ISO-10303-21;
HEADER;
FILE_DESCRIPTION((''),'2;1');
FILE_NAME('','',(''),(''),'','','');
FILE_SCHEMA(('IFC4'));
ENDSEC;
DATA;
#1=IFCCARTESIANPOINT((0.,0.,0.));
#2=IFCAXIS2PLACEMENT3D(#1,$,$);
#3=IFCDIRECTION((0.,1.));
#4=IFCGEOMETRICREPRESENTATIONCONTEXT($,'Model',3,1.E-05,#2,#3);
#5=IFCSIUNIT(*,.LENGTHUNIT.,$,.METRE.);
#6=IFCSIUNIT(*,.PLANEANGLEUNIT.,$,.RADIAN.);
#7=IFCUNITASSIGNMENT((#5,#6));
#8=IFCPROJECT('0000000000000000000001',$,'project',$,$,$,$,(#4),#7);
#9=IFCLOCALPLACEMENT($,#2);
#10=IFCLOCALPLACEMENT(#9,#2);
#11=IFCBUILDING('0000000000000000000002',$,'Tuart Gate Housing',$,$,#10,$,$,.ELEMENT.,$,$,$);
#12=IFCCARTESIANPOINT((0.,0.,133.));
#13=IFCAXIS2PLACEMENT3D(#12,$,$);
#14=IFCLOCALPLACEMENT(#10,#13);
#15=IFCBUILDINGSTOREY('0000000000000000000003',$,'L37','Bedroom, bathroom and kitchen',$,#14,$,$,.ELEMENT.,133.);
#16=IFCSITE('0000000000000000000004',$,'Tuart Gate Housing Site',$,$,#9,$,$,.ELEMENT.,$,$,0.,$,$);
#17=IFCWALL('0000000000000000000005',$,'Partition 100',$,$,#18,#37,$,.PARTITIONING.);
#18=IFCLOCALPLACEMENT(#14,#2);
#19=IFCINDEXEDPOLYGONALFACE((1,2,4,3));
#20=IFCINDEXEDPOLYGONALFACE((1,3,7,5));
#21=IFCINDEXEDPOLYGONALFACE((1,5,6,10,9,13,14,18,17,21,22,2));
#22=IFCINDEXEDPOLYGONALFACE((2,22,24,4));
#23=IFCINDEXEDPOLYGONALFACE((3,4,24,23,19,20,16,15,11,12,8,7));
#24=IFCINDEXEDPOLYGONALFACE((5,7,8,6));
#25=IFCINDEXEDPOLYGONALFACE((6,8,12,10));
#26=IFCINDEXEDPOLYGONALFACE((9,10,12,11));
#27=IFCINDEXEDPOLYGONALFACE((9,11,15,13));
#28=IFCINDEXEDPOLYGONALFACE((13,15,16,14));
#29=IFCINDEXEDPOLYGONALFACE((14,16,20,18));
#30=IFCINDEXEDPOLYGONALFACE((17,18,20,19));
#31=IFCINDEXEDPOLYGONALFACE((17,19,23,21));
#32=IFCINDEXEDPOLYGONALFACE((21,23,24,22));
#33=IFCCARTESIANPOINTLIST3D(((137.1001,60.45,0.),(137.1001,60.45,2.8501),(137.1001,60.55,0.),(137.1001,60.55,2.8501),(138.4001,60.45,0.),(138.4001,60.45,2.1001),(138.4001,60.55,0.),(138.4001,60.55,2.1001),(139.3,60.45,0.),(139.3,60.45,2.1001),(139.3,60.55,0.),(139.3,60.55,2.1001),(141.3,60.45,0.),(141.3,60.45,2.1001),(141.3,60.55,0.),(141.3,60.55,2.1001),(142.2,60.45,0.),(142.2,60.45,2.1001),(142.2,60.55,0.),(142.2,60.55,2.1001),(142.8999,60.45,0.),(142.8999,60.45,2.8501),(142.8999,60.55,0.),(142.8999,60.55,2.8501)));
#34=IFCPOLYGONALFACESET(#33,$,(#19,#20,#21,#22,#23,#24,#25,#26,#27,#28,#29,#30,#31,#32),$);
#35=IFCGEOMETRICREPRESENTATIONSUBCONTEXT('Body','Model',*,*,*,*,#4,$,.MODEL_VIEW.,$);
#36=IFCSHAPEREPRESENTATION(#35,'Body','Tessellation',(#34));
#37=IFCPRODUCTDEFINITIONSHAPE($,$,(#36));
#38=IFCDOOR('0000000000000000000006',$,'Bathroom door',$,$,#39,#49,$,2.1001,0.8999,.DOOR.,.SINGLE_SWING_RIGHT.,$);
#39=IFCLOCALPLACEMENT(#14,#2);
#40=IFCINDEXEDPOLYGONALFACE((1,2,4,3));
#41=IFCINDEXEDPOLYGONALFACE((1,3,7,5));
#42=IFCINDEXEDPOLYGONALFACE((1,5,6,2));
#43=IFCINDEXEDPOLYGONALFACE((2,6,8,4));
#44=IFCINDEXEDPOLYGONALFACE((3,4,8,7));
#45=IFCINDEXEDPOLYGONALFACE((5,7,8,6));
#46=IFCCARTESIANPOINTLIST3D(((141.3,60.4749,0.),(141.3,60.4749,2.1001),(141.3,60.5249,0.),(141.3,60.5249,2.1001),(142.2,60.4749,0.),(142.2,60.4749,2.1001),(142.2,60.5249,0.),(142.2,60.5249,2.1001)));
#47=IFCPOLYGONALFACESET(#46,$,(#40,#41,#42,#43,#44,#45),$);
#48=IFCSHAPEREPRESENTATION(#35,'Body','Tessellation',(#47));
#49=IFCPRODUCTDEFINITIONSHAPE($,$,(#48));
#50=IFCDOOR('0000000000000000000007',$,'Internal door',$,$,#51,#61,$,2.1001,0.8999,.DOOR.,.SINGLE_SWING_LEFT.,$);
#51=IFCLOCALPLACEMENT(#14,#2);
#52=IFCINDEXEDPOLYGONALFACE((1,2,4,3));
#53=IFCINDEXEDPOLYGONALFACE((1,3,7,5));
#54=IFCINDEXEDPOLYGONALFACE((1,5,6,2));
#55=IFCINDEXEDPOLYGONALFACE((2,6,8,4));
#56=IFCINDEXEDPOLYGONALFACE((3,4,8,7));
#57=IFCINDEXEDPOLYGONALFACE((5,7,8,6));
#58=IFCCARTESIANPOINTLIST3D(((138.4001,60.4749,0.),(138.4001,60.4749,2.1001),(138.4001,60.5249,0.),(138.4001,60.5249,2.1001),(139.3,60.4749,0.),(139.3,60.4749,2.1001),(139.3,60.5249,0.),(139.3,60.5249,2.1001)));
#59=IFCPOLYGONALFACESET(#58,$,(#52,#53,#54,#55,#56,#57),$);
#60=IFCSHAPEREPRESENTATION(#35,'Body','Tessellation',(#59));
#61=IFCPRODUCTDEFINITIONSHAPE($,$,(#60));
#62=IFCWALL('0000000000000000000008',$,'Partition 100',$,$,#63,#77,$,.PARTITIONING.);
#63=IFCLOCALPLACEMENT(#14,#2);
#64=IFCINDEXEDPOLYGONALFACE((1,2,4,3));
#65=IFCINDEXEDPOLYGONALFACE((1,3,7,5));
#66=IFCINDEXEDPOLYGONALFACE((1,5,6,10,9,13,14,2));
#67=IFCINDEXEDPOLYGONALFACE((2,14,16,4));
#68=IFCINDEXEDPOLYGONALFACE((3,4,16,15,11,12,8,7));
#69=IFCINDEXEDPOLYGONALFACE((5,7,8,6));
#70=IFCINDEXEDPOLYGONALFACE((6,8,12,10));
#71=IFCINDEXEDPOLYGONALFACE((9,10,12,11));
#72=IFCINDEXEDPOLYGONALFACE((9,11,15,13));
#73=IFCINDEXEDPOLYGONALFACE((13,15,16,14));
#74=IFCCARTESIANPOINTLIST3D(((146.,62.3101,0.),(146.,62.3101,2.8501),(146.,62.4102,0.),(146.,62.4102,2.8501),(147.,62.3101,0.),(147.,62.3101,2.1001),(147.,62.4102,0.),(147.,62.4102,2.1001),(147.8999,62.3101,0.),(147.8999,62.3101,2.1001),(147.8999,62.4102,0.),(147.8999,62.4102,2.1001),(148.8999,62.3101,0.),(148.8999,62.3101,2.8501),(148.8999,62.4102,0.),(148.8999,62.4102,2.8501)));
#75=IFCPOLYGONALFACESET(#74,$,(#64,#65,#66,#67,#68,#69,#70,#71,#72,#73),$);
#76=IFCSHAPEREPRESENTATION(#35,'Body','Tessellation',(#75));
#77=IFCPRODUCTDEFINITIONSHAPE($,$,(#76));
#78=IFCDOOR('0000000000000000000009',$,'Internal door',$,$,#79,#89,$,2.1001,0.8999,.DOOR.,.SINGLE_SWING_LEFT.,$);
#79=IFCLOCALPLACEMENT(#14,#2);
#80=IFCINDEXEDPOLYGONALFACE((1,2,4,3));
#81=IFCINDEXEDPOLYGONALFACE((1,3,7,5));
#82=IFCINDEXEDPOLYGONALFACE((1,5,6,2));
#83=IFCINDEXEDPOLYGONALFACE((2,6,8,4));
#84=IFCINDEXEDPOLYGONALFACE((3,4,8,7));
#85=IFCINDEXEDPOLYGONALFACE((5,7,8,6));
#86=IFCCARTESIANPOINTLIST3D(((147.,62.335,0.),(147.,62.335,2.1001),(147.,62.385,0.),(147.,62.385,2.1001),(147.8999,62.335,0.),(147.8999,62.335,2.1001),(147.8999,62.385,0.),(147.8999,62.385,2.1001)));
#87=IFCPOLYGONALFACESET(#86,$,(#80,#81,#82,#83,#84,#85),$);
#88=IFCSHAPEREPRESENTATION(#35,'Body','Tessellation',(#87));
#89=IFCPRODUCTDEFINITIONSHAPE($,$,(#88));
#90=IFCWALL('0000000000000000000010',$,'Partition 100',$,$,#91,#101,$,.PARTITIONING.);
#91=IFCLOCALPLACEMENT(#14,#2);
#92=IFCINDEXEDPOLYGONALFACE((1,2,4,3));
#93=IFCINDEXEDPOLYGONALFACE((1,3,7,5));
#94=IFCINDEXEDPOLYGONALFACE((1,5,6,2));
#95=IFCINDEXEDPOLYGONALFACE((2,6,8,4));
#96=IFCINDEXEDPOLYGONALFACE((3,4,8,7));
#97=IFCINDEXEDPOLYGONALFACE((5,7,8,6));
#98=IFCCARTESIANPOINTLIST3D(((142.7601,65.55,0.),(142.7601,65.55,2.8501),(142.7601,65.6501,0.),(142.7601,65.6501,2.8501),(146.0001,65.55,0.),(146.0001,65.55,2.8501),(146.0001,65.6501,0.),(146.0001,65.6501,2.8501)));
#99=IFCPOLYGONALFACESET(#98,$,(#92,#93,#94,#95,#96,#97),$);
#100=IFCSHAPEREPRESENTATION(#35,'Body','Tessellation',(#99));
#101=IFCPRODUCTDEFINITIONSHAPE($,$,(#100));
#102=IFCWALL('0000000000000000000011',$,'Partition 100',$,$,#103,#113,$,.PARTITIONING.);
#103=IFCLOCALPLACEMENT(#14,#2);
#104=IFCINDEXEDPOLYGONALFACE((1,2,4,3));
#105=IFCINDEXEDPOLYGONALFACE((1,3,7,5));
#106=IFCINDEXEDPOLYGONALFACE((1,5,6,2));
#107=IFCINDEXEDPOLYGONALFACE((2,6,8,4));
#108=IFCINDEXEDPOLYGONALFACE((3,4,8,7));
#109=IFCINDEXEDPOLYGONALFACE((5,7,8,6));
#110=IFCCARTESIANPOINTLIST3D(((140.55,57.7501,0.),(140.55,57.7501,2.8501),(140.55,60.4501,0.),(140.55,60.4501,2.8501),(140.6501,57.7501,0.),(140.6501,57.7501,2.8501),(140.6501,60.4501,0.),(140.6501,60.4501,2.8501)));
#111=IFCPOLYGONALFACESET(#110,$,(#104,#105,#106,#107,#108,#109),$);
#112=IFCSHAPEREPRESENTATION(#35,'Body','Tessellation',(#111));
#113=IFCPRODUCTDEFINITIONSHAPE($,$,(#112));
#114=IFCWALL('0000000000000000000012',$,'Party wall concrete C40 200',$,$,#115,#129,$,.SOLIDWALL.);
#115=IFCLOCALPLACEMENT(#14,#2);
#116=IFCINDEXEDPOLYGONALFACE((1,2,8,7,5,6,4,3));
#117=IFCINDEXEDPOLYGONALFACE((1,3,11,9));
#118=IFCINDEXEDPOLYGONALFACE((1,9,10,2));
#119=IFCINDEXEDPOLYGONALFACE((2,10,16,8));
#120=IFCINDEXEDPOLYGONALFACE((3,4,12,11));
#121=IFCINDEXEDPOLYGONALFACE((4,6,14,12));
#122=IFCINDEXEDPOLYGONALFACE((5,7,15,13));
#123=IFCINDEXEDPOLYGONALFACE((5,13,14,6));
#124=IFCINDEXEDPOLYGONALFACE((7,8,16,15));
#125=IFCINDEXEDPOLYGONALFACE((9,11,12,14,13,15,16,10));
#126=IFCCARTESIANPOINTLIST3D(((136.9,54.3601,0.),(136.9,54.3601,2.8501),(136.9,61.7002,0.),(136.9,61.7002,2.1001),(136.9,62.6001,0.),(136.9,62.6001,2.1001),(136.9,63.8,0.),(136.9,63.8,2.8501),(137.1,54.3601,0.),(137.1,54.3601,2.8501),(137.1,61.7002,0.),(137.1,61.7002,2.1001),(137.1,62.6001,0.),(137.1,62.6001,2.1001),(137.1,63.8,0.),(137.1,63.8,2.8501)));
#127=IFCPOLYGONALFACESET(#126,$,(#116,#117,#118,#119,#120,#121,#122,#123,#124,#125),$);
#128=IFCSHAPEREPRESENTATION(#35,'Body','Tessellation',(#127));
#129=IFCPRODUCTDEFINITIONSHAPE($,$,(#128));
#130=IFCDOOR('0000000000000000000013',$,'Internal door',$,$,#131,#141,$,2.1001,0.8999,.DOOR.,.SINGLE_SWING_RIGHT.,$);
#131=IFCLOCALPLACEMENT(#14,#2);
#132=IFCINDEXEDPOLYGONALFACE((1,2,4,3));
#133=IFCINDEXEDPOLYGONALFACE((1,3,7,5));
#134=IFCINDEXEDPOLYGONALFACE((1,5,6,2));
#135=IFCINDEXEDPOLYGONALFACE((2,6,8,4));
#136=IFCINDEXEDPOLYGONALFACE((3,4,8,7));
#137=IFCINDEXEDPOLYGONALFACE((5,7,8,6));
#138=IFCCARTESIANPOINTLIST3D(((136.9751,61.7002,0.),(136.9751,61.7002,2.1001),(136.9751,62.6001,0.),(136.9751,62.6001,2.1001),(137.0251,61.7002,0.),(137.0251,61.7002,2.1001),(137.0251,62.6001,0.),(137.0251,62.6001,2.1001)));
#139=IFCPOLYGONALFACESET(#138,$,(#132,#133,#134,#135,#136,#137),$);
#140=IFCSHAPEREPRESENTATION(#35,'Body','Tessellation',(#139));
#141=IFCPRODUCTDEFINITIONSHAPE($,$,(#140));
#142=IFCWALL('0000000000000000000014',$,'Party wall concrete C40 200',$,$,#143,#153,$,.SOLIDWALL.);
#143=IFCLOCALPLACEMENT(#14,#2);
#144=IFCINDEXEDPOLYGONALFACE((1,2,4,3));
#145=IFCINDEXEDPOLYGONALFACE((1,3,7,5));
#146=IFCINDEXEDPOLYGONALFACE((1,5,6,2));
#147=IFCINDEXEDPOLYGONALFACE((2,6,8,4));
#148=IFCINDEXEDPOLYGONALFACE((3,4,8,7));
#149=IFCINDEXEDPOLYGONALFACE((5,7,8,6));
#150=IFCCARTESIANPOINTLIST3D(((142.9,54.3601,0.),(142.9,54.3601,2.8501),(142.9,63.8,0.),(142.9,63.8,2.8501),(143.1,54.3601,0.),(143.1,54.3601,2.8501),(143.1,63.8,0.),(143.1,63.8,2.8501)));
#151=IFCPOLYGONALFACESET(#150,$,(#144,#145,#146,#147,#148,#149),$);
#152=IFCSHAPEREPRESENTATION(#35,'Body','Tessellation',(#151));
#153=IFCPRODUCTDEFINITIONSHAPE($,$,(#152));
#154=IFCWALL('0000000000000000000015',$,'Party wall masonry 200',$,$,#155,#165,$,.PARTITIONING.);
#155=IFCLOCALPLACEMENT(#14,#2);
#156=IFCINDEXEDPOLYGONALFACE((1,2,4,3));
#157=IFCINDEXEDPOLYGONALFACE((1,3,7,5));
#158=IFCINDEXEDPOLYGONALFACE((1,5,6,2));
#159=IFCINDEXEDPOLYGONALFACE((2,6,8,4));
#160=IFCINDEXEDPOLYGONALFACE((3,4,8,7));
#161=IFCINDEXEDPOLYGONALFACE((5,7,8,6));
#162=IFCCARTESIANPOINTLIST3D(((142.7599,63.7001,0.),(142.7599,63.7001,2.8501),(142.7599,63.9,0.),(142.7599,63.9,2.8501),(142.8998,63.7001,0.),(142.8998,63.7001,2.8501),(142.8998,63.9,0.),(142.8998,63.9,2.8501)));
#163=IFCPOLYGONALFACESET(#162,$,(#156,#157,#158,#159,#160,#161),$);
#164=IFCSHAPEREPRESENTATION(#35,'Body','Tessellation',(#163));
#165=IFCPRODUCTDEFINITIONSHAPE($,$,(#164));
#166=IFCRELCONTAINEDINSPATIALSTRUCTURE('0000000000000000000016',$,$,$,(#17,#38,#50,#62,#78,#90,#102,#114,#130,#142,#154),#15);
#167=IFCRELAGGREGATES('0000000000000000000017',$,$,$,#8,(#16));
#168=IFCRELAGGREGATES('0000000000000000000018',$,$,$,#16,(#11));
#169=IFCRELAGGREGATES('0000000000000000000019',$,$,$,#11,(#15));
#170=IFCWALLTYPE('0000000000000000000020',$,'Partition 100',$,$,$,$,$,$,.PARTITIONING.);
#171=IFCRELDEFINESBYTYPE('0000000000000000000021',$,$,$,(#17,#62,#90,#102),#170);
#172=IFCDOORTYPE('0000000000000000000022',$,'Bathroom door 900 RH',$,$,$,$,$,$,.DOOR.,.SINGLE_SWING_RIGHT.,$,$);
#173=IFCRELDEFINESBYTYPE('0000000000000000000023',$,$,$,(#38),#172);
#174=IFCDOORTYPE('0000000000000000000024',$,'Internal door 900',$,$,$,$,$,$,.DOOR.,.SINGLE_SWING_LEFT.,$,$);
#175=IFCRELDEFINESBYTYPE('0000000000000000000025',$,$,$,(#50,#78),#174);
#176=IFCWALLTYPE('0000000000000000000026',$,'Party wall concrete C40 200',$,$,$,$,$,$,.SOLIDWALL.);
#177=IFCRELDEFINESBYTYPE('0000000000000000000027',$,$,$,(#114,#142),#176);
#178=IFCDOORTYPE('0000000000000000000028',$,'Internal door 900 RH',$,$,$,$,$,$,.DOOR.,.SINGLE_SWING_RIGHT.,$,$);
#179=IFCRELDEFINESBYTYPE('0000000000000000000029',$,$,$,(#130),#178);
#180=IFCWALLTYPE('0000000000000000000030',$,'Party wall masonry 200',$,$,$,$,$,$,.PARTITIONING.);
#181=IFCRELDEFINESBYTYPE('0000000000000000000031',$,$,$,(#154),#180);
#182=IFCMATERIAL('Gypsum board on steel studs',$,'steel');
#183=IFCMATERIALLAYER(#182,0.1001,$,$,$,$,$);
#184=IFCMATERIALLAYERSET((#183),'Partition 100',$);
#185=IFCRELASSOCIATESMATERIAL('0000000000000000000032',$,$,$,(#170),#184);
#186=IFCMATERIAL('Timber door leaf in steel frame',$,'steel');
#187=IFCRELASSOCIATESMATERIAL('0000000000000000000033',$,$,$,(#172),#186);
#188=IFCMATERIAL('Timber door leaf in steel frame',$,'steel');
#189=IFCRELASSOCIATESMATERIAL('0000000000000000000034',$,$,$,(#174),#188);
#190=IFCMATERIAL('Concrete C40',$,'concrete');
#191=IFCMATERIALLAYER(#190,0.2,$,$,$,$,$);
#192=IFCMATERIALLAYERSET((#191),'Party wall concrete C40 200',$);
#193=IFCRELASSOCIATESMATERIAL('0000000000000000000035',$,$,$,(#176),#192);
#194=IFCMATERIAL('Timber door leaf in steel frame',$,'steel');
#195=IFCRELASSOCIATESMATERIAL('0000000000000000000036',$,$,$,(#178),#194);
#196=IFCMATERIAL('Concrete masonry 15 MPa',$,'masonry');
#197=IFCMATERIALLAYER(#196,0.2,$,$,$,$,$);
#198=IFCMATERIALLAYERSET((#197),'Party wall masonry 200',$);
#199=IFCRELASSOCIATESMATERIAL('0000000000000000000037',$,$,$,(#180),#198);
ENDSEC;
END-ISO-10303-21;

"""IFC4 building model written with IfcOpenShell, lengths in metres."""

from ifc_helpers import new_model, si_unit, direction, frame, frame_2d, origin, place, context, subcontext, project, spatial, rectangle, extrude, material, layer, layer_set, type_object, element, fill, save


model = new_model("IFC4")

# Units and contexts
model_context = context("Model", 3, precision=1e-05, world=origin(), true_north=direction((0.0, 1.0)))
body_context = subcontext(model_context, "Body", "Model", "MODEL_VIEW")
ifc_project = project(units=[si_unit("LENGTHUNIT", "METRE"), si_unit("PLANEANGLEUNIT", "RADIAN")], contexts=[model_context])

# Site, building, storey
site_placement = place(None, origin())
site = spatial("IfcSite", under=ifc_project, at=site_placement, Name="Tuart Gate Housing Site", CompositionType="ELEMENT", RefElevation=0.0)
building_placement = place(site_placement, origin())
building = spatial("IfcBuilding", under=site, at=building_placement, Name="Tuart Gate Housing", CompositionType="ELEMENT")
storey_placement = place(building_placement, frame((0.0, 0.0, 133.0)))
storey = spatial("IfcBuildingStorey", under=building, at=storey_placement, Name="L37", Description="Bedroom, bathroom and kitchen", CompositionType="ELEMENT", Elevation=133.0)

# Shared definitions
ifc_material_1 = material(Name="Gypsum board on steel studs", Category="steel")
ifc_layer_1 = layer(ifc_material_1, 0.1001)
ifc_layer_set_1 = layer_set([ifc_layer_1], Name="Partition 100")
wall_type_1 = type_object("IfcWallType", Name="Partition 100", PredefinedType="PARTITIONING", material=ifc_layer_set_1)

# Wall, openings, doors
wall_1_placement = place(storey_placement, frame((137.1001, 60.5, 0.0), z_axis=(0.0, 0.0, 1.0), x_axis=(1.0, 0.0, 0.0)))
wall_1 = element("IfcWall", 1, at=wall_1_placement, inside=storey, type_object=wall_type_1, Name="Partition 100", PredefinedType="PARTITIONING", context=body_context, shape_type="SweptSolid", body=[
    extrude(rectangle(XDim=5.7998, YDim=0.1001, at=frame_2d((2.8999, 0.0))), origin(), (0.0, 0.0, 1.0), 2.8501),
])
opening_1_placement = place(wall_1_placement, frame((1.3, 0.0, 0.0)))
opening_1 = element("IfcOpeningElement", 2, at=opening_1_placement, cuts=wall_1, PredefinedType="OPENING", context=body_context, shape_type="SweptSolid", body=[
    extrude(rectangle(XDim=0.8999, YDim=2.1001, at=frame_2d((0.45, 1.05))), frame((0.0, 0.0601, 0.0), z_axis=(0.0, -1.0, 0.0), x_axis=(1.0, 0.0, 0.0)), (0.0, 0.0, 1.0), 0.1201),
])
opening_2_placement = place(wall_1_placement, frame((4.2, 0.0, 0.0)))
opening_2 = element("IfcOpeningElement", 3, at=opening_2_placement, cuts=wall_1, PredefinedType="OPENING", context=body_context, shape_type="SweptSolid", body=[
    extrude(rectangle(XDim=0.8999, YDim=2.1001, at=frame_2d((0.45, 1.05))), frame((0.0, 0.0601, 0.0), z_axis=(0.0, -1.0, 0.0), x_axis=(1.0, 0.0, 0.0)), (0.0, 0.0, 1.0), 0.1201),
])
ifc_material_2 = material(Name="Timber door leaf in steel frame", Category="steel")
door_type_1 = type_object("IfcDoorType", Name="Bathroom door 900 RH", OperationType="SINGLE_SWING_RIGHT", PredefinedType="DOOR", material=ifc_material_2)
door_1_placement = place(opening_2_placement, frame((0.8999, 0.0, 0.0), z_axis=(0.0, 0.0, 1.0), x_axis=(-1.0, 0.0, 0.0)))
door_1 = element("IfcDoor", 4, at=door_1_placement, inside=storey, type_object=door_type_1, Name="Bathroom door", OperationType="SINGLE_SWING_RIGHT", OverallHeight=2.1001, OverallWidth=0.8999, PredefinedType="DOOR", context=body_context, shape_type="SweptSolid", body=[
    extrude(rectangle(XDim=0.8999, YDim=2.1001, at=frame_2d((0.45, 1.05))), frame((0.0, 0.0251, 0.0), z_axis=(0.0, -1.0, 0.0), x_axis=(1.0, 0.0, 0.0)), (0.0, 0.0, 1.0), 0.05),
])
fill(opening_2, door_1)
ifc_material_3 = material(Name="Timber door leaf in steel frame", Category="steel")
door_type_2 = type_object("IfcDoorType", Name="Internal door 900", OperationType="SINGLE_SWING_LEFT", PredefinedType="DOOR", material=ifc_material_3)
door_2_placement = place(opening_1_placement, frame((0.8999, 0.0, 0.0), z_axis=(0.0, 0.0, 1.0), x_axis=(-1.0, 0.0, 0.0)))
door_2 = element("IfcDoor", 5, at=door_2_placement, inside=storey, type_object=door_type_2, Name="Internal door", OperationType="SINGLE_SWING_LEFT", OverallHeight=2.1001, OverallWidth=0.8999, PredefinedType="DOOR", context=body_context, shape_type="SweptSolid", body=[
    extrude(rectangle(XDim=0.8999, YDim=2.1001, at=frame_2d((0.45, 1.05))), frame((0.0, 0.0251, 0.0), z_axis=(0.0, -1.0, 0.0), x_axis=(1.0, 0.0, 0.0)), (0.0, 0.0, 1.0), 0.05),
])
fill(opening_1, door_2)

# Wall, opening, door
wall_2_placement = place(storey_placement, frame((146.0, 62.3601, 0.0), z_axis=(0.0, 0.0, 1.0), x_axis=(1.0, 0.0, 0.0)))
wall_2 = element("IfcWall", 6, at=wall_2_placement, inside=storey, type_object=wall_type_1, Name="Partition 100", PredefinedType="PARTITIONING", context=body_context, shape_type="SweptSolid", body=[
    extrude(rectangle(XDim=2.8999, YDim=0.1001, at=frame_2d((1.45, 0.0))), origin(), (0.0, 0.0, 1.0), 2.8501),
])
opening_3_placement = place(wall_2_placement, frame((1.0, 0.0, 0.0)))
opening_3 = element("IfcOpeningElement", 7, at=opening_3_placement, cuts=wall_2, PredefinedType="OPENING", context=body_context, shape_type="SweptSolid", body=[
    extrude(rectangle(XDim=0.8999, YDim=2.1001, at=frame_2d((0.45, 1.05))), frame((0.0, 0.0601, 0.0), z_axis=(0.0, -1.0, 0.0), x_axis=(1.0, 0.0, 0.0)), (0.0, 0.0, 1.0), 0.1201),
])
door_3_placement = place(opening_3_placement, origin())
door_3 = element("IfcDoor", 8, at=door_3_placement, inside=storey, type_object=door_type_2, Name="Internal door", OperationType="SINGLE_SWING_LEFT", OverallHeight=2.1001, OverallWidth=0.8999, PredefinedType="DOOR", context=body_context, shape_type="SweptSolid", body=[
    extrude(rectangle(XDim=0.8999, YDim=2.1001, at=frame_2d((0.45, 1.05))), frame((0.0, 0.0249, 0.0), z_axis=(0.0, -1.0, 0.0), x_axis=(1.0, 0.0, 0.0)), (0.0, 0.0, 1.0), 0.05),
])
fill(opening_3, door_3)

# Walls
wall_3_placement = place(storey_placement, frame((142.76, 65.6001, 0.0), z_axis=(0.0, 0.0, 1.0), x_axis=(1.0, 0.0, 0.0)))
element("IfcWall", 9, at=wall_3_placement, inside=storey, type_object=wall_type_1, Name="Partition 100", PredefinedType="PARTITIONING", context=body_context, shape_type="SweptSolid", body=[
    extrude(rectangle(XDim=3.24, YDim=0.1001, at=frame_2d((1.6201, 0.0))), origin(), (0.0, 0.0, 1.0), 2.8501),
])
wall_4_placement = place(storey_placement, frame((140.6001, 57.75, 0.0), z_axis=(0.0, 0.0, 1.0), x_axis=(0.0, 1.0, 0.0)))
element("IfcWall", 10, at=wall_4_placement, inside=storey, type_object=wall_type_1, Name="Partition 100", PredefinedType="PARTITIONING", context=body_context, shape_type="SweptSolid", body=[
    extrude(rectangle(XDim=2.7, YDim=0.1001, at=frame_2d((1.3501, 0.0))), origin(), (0.0, 0.0, 1.0), 2.8501),
])

# Wall, opening, door
ifc_material_4 = material(Name="Concrete C40", Category="concrete")
ifc_layer_2 = layer(ifc_material_4, 0.2)
ifc_layer_set_2 = layer_set([ifc_layer_2], Name="Party wall concrete C40 200")
wall_type_2 = type_object("IfcWallType", Name="Party wall concrete C40 200", PredefinedType="SOLIDWALL", material=ifc_layer_set_2)
wall_5_placement = place(storey_placement, frame((137.0, 54.3601, 0.0), z_axis=(0.0, 0.0, 1.0), x_axis=(0.0, 1.0, 0.0)))
wall_5 = element("IfcWall", 11, at=wall_5_placement, inside=storey, type_object=wall_type_2, Name="Party wall concrete C40 200", PredefinedType="SOLIDWALL", context=body_context, shape_type="SweptSolid", body=[
    extrude(rectangle(XDim=9.4399, YDim=0.2, at=frame_2d((4.72, 0.0))), origin(), (0.0, 0.0, 1.0), 2.8501),
])
opening_4_placement = place(wall_5_placement, frame((7.3401, 0.0, 0.0)))
opening_4 = element("IfcOpeningElement", 12, at=opening_4_placement, cuts=wall_5, PredefinedType="OPENING", context=body_context, shape_type="SweptSolid", body=[
    extrude(rectangle(XDim=0.8999, YDim=2.1001, at=frame_2d((0.45, 1.05))), frame((0.0, 0.1099, 0.0), z_axis=(0.0, -1.0, 0.0), x_axis=(1.0, 0.0, 0.0)), (0.0, 0.0, 1.0), 0.22),
])
ifc_material_5 = material(Name="Timber door leaf in steel frame", Category="steel")
door_type_3 = type_object("IfcDoorType", Name="Internal door 900 RH", OperationType="SINGLE_SWING_RIGHT", PredefinedType="DOOR", material=ifc_material_5)
door_4_placement = place(opening_4_placement, frame((0.8999, 0.0, 0.0), z_axis=(0.0, 0.0, 1.0), x_axis=(-1.0, 0.0, 0.0)))
door_4 = element("IfcDoor", 13, at=door_4_placement, inside=storey, type_object=door_type_3, Name="Internal door", OperationType="SINGLE_SWING_RIGHT", OverallHeight=2.1001, OverallWidth=0.8999, PredefinedType="DOOR", context=body_context, shape_type="SweptSolid", body=[
    extrude(rectangle(XDim=0.8999, YDim=2.1001, at=frame_2d((0.45, 1.05))), frame((0.0, 0.0251, 0.0), z_axis=(0.0, -1.0, 0.0), x_axis=(1.0, 0.0, 0.0)), (0.0, 0.0, 1.0), 0.05),
])
fill(opening_4, door_4)

# Walls
wall_6_placement = place(storey_placement, frame((143.0, 54.3601, 0.0), z_axis=(0.0, 0.0, 1.0), x_axis=(0.0, 1.0, 0.0)))
element("IfcWall", 14, at=wall_6_placement, inside=storey, type_object=wall_type_2, Name="Party wall concrete C40 200", PredefinedType="SOLIDWALL", context=body_context, shape_type="SweptSolid", body=[
    extrude(rectangle(XDim=9.4399, YDim=0.2, at=frame_2d((4.72, 0.0))), origin(), (0.0, 0.0, 1.0), 2.8501),
])
ifc_material_6 = material(Name="Concrete masonry 15 MPa", Category="masonry")
ifc_layer_3 = layer(ifc_material_6, 0.2)
ifc_layer_set_3 = layer_set([ifc_layer_3], Name="Party wall masonry 200")
wall_type_3 = type_object("IfcWallType", Name="Party wall masonry 200", PredefinedType="PARTITIONING", material=ifc_layer_set_3)
wall_7_placement = place(storey_placement, frame((142.76, 63.8, 0.0), z_axis=(0.0, 0.0, 1.0), x_axis=(1.0, 0.0, 0.0)))
element("IfcWall", 15, at=wall_7_placement, inside=storey, type_object=wall_type_3, Name="Party wall masonry 200", PredefinedType="PARTITIONING", context=body_context, shape_type="SweptSolid", body=[
    extrude(rectangle(XDim=0.1399, YDim=0.2, at=frame_2d((0.0698, 0.0))), origin(), (0.0, 0.0, 1.0), 2.8501),
])

save(model, "model.ifc")
